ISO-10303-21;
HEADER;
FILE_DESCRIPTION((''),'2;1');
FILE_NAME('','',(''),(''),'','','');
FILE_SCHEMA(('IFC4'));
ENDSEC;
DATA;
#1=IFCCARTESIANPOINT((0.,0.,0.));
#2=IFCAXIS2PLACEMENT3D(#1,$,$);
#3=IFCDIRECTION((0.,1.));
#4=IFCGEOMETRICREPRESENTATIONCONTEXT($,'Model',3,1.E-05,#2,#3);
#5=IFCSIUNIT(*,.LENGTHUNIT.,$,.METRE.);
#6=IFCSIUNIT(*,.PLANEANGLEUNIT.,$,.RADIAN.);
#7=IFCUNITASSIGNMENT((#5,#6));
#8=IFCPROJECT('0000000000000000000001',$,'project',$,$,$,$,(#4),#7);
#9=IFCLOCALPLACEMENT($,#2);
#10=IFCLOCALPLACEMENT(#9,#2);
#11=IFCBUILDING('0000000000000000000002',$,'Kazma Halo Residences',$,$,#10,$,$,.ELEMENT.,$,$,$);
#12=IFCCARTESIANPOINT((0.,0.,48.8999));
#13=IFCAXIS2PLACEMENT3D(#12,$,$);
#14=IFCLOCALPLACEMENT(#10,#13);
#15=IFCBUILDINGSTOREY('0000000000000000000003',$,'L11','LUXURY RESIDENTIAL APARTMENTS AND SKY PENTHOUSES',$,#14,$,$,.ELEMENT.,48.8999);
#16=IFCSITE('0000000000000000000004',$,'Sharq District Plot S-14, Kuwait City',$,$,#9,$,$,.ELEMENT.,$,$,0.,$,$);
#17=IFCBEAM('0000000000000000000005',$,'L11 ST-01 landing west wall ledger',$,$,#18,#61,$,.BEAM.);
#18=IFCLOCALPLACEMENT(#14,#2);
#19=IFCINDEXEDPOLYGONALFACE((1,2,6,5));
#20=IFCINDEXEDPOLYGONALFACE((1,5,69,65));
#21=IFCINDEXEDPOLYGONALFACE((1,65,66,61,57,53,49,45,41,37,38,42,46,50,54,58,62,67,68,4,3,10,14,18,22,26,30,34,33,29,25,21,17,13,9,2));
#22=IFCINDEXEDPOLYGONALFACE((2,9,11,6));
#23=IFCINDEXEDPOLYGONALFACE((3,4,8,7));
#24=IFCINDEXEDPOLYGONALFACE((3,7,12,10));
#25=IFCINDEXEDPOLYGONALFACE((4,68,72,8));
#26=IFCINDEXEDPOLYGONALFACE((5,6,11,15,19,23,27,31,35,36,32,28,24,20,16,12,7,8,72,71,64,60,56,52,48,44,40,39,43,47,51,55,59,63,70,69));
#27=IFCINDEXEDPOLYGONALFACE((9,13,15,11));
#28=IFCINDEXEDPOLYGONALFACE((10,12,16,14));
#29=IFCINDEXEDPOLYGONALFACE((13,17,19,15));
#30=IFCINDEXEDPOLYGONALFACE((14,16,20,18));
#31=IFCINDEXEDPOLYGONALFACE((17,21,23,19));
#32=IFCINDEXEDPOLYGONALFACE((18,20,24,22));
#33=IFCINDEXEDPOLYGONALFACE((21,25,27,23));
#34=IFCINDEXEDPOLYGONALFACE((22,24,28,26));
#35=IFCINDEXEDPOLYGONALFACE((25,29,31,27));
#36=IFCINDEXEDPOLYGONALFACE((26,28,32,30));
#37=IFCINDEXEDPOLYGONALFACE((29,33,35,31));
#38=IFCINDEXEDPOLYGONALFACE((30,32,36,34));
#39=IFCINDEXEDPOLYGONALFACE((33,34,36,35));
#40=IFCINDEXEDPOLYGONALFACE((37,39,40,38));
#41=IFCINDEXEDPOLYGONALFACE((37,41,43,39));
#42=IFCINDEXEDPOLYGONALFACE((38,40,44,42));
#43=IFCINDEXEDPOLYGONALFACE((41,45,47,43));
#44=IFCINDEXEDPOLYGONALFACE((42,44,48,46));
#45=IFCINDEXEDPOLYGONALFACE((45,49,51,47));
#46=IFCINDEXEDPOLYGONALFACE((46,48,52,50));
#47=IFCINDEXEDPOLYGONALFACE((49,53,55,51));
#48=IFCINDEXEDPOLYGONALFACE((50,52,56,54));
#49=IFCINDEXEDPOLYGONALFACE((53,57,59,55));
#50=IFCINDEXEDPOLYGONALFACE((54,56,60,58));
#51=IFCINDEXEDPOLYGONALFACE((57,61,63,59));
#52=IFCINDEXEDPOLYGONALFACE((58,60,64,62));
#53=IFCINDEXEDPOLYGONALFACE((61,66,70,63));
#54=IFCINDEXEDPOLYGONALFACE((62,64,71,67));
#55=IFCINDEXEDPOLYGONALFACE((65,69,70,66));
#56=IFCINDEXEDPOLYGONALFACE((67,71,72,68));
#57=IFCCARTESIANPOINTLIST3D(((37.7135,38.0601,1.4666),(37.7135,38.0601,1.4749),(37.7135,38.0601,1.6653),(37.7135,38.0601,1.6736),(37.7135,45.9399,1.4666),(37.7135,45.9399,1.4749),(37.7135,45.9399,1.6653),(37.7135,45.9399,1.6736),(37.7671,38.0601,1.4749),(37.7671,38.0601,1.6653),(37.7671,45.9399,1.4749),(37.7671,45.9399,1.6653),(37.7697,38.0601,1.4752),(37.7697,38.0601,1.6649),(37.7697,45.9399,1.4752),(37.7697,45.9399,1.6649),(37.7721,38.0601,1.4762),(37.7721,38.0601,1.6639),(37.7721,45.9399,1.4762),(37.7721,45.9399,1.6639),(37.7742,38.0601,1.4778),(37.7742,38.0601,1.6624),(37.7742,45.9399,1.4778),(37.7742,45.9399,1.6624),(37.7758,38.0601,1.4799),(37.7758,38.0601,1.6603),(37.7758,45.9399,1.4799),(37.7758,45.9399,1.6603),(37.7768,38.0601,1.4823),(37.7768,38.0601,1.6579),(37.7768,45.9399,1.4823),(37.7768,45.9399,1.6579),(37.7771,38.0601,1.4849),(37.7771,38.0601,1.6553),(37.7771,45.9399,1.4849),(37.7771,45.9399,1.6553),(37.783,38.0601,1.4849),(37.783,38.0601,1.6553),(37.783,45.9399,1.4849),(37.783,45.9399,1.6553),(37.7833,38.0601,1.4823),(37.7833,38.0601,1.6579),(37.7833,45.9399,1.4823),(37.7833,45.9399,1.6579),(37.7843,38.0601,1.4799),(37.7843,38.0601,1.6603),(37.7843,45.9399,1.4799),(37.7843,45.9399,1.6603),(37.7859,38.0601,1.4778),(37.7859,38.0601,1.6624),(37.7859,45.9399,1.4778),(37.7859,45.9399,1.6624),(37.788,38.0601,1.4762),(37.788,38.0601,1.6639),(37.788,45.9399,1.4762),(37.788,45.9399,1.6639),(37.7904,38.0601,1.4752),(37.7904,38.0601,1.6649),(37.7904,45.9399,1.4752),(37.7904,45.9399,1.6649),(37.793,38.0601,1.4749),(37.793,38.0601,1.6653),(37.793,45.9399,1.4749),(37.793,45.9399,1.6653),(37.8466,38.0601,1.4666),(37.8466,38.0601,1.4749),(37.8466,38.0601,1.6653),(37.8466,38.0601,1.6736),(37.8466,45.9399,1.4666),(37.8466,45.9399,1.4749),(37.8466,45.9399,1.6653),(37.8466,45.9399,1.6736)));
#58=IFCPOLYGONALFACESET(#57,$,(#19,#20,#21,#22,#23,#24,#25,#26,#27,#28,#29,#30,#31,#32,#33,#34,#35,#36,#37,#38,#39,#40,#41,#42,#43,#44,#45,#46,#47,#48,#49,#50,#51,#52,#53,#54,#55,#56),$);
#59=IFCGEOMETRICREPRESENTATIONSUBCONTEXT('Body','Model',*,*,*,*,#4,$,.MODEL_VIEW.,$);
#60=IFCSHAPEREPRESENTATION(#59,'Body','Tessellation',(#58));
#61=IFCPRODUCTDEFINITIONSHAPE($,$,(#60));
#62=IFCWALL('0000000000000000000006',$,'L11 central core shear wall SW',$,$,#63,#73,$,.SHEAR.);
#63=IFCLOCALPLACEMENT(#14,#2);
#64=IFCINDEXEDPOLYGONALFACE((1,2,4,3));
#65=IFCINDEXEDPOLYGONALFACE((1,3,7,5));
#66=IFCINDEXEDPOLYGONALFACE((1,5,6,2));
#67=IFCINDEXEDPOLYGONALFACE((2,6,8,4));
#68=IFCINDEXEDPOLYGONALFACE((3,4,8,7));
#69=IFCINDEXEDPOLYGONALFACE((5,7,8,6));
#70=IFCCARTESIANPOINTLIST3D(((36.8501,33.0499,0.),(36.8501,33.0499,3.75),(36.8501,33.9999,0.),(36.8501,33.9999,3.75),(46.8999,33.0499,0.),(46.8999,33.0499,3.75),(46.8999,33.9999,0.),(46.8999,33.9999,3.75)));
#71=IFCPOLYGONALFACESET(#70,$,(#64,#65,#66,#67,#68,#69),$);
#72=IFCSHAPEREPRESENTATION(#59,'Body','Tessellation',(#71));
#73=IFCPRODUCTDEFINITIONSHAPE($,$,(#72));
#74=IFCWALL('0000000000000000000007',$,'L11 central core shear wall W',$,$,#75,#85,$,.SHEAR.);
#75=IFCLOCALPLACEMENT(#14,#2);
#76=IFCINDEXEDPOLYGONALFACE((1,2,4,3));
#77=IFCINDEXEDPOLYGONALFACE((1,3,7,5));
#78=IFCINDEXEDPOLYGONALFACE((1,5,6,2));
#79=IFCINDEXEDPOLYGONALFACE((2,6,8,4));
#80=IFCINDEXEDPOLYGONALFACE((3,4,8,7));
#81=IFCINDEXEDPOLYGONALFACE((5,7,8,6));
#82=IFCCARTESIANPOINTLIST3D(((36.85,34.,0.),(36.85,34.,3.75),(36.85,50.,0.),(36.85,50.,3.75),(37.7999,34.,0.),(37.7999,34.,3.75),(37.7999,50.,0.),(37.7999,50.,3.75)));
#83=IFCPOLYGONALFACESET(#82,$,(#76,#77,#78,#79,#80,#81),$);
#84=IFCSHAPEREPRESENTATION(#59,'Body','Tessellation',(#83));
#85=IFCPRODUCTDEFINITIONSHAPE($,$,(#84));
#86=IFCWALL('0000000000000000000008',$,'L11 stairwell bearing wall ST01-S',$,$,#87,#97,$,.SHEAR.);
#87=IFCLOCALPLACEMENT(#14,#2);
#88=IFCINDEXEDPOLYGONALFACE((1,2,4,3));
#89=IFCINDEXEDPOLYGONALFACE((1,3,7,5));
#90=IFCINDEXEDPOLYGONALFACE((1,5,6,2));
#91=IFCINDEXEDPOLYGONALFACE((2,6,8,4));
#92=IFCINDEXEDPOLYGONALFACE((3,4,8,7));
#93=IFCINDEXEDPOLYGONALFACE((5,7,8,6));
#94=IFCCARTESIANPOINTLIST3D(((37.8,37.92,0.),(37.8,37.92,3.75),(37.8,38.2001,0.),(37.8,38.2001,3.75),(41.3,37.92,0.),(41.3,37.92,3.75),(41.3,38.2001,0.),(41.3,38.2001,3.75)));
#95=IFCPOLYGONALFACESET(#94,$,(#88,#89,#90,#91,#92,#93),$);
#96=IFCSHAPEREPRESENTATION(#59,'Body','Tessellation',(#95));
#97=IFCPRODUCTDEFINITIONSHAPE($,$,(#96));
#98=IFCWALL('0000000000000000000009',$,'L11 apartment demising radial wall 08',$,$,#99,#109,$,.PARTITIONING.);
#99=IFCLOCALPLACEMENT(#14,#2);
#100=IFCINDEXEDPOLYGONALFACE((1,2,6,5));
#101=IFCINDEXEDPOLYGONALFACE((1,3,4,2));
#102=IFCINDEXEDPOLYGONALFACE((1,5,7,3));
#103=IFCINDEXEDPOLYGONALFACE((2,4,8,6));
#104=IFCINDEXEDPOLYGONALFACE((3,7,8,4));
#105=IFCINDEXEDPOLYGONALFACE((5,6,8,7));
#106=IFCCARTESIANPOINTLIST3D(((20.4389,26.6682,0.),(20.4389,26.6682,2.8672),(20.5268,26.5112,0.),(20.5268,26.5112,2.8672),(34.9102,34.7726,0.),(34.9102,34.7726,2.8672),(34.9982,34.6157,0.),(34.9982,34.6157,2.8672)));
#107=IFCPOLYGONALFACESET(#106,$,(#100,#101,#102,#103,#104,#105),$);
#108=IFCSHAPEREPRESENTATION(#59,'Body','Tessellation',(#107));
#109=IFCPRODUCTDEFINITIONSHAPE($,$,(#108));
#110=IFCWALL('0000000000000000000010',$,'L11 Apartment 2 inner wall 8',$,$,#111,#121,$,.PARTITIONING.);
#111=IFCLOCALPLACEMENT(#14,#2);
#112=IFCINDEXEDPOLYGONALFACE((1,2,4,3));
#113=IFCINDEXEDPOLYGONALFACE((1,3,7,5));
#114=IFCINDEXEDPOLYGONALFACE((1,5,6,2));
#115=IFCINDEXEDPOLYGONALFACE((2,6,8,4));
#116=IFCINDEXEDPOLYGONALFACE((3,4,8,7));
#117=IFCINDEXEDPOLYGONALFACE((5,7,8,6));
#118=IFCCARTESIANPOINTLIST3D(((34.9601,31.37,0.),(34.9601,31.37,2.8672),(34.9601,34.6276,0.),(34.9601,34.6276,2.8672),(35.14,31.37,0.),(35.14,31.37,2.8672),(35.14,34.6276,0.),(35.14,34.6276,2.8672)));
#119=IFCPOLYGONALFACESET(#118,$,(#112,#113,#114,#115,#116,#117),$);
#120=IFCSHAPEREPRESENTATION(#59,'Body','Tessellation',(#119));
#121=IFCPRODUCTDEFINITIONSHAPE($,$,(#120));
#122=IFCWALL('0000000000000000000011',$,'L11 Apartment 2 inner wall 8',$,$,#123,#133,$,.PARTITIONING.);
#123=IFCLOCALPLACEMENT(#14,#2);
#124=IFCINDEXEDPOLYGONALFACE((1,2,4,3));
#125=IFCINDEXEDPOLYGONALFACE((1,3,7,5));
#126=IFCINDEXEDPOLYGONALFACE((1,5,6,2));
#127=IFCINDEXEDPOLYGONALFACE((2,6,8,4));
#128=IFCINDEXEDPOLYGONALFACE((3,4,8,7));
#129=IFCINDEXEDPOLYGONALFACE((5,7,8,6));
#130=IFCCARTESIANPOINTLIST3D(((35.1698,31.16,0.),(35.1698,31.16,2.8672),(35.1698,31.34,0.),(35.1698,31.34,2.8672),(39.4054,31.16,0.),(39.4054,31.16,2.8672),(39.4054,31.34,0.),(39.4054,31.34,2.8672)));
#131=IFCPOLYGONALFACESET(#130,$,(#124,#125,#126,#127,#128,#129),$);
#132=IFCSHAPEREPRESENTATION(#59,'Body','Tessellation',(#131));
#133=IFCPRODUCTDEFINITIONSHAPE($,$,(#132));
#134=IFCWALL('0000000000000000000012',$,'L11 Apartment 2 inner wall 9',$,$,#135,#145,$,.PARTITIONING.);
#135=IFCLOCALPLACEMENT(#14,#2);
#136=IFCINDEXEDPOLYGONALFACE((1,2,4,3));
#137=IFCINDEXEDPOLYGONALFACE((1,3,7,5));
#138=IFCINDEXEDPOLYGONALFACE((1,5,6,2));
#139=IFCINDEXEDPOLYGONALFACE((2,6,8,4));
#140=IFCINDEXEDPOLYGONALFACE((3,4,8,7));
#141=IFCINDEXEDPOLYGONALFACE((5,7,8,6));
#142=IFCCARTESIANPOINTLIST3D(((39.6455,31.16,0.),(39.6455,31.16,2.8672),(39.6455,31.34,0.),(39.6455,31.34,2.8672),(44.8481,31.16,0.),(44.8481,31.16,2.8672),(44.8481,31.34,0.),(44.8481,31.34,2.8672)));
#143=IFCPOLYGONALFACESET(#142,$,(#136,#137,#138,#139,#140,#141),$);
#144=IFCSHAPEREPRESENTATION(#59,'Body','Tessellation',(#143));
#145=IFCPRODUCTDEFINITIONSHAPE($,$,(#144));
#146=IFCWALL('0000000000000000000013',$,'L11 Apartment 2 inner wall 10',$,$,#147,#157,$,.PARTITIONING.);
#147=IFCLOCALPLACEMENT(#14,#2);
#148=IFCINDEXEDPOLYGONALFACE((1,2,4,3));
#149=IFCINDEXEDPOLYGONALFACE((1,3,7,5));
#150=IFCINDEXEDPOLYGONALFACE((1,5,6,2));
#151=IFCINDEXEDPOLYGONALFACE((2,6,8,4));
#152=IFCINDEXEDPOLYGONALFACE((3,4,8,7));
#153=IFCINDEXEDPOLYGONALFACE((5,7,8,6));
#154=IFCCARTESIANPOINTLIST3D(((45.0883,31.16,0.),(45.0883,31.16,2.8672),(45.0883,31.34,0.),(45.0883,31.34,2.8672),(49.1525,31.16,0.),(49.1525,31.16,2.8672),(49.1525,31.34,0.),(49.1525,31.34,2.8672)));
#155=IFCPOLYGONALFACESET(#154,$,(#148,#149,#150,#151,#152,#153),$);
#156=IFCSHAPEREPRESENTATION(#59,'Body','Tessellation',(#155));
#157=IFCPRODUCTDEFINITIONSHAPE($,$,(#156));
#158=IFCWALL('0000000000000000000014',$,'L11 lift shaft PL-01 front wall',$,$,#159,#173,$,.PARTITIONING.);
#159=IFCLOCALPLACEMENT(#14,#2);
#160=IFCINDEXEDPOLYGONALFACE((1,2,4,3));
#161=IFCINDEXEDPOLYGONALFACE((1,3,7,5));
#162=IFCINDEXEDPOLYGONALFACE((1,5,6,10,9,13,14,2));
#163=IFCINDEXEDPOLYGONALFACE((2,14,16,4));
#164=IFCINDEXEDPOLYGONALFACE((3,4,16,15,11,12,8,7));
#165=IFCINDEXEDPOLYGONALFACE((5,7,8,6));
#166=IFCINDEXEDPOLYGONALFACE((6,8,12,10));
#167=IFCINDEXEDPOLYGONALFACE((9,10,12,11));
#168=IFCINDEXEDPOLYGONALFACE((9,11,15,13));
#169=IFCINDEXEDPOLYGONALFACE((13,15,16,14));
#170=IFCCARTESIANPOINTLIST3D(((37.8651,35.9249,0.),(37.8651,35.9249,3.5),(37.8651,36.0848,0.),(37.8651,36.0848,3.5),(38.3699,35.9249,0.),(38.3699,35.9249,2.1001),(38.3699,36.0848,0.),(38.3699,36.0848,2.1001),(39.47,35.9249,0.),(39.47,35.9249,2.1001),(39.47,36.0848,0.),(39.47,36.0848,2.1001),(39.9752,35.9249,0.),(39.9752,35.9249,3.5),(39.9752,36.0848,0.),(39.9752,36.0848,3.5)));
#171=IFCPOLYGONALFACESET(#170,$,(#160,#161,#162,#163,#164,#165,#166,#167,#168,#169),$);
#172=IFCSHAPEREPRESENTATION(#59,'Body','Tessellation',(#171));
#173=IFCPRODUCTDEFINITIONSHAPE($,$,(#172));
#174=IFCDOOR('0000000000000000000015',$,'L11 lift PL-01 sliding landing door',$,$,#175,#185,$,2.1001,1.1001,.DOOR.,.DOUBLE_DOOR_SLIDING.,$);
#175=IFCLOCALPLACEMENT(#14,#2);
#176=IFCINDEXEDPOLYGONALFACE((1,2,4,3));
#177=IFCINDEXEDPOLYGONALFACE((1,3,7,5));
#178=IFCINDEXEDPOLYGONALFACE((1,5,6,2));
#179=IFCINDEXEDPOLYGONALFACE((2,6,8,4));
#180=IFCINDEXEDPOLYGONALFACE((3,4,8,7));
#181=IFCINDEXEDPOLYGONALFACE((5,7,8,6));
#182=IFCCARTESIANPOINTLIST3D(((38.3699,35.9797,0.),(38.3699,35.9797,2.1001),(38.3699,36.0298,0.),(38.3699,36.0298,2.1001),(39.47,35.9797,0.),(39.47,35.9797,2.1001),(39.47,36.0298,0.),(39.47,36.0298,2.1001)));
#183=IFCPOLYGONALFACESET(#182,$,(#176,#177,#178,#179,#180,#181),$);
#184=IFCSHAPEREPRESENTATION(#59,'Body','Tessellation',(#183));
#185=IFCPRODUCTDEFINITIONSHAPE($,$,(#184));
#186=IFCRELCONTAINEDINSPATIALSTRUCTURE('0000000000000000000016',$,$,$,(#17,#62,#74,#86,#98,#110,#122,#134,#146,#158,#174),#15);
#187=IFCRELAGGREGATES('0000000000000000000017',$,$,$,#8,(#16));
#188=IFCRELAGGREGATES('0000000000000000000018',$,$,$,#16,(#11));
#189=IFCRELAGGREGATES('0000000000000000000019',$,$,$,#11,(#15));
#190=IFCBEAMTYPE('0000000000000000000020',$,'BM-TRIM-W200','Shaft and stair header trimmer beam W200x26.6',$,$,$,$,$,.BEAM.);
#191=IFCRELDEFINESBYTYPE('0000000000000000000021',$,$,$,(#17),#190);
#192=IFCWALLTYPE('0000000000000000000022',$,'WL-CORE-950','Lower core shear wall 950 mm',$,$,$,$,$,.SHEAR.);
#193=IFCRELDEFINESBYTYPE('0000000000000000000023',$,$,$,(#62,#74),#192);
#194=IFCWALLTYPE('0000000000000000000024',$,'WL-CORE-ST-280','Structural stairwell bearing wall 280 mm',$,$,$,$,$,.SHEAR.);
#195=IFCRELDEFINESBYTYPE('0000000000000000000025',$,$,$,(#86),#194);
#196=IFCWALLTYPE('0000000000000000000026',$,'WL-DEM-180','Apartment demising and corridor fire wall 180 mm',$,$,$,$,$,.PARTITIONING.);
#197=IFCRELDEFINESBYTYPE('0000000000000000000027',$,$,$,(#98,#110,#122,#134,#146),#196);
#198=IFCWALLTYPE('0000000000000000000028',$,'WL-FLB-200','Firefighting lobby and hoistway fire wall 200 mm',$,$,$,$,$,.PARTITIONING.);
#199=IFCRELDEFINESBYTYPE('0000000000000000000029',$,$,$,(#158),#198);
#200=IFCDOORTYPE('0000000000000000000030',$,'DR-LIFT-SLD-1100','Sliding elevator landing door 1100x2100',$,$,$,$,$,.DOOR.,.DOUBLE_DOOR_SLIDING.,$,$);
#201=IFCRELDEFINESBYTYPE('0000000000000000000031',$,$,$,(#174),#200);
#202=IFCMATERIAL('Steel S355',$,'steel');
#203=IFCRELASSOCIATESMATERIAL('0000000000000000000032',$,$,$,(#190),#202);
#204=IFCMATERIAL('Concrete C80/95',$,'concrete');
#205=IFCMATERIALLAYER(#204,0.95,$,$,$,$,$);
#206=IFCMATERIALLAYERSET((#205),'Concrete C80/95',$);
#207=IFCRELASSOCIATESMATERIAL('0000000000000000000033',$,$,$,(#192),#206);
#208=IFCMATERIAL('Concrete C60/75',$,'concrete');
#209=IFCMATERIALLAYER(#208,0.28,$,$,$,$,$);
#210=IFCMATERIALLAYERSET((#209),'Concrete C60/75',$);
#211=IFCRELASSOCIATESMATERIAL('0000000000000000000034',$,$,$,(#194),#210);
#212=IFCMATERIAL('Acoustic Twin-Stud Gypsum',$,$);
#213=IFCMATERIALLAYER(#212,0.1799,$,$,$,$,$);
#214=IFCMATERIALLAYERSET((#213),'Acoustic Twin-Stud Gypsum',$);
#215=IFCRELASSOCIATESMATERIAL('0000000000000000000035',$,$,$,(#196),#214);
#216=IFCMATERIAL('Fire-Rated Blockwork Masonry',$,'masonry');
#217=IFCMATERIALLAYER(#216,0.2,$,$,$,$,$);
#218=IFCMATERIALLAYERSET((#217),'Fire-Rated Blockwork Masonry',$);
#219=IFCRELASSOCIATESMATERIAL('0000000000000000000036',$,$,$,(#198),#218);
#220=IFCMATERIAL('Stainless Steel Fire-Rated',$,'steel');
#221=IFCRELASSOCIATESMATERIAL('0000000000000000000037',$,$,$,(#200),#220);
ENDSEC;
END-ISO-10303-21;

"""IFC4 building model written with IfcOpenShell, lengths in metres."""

from ifc_helpers import new_model, si_unit, direction, frame, frame_2d, origin, origin_2d, place, context, subcontext, project, spatial, rectangle, i_section, extrude, material, layer, layer_set, material_profile, profile_set, type_object, element, fill, save


model = new_model("IFC4")

# Units and contexts
model_context = context("Model", 3, precision=1e-05, world=origin(), true_north=direction((0.0, 1.0)))
body_context = subcontext(model_context, "Body", "Model", "MODEL_VIEW")
ifc_project = project(units=[si_unit("LENGTHUNIT", "METRE"), si_unit("PLANEANGLEUNIT", "RADIAN")], contexts=[model_context])

# Site, building, storey
site_placement = place(None, origin())
site = spatial("IfcSite", under=ifc_project, at=site_placement, Name="Sharq District Plot S-14, Kuwait City", CompositionType="ELEMENT", RefElevation=0.0)
building_placement = place(site_placement, origin())
building = spatial("IfcBuilding", under=site, at=building_placement, Name="Kazma Halo Residences", CompositionType="ELEMENT")
storey_placement = place(building_placement, frame((0.0, 0.0, 48.8999)))
storey = spatial("IfcBuildingStorey", under=building, at=storey_placement, Name="L11", Description="LUXURY RESIDENTIAL APARTMENTS AND SKY PENTHOUSES", CompositionType="ELEMENT", Elevation=48.8999)

# Beam
ifc_material_1 = material(Name="Steel S355", Category="steel")
ifc_material_profile_1 = material_profile(ifc_material_1, i_section(OverallWidth=0.1331, OverallDepth=0.207, WebThickness=0.0059, FlangeThickness=0.0083, FilletRadius=0.01, at=origin_2d()), Name="W200x26.6")
ifc_profile_set_1 = profile_set([ifc_material_profile_1], Name="Steel S355")
beam_type_1 = type_object("IfcBeamType", Name="BM-TRIM-W200", Description="Shaft and stair header trimmer beam W200x26.6", PredefinedType="BEAM", material=ifc_profile_set_1)
beam_1_placement = place(storey_placement, frame((37.78, 38.0601, 1.5701), z_axis=(0.0, 1.0, 0.0), x_axis=(-1.0, 0.0, 0.0)))
element("IfcBeam", 1, at=beam_1_placement, inside=storey, type_object=beam_type_1, Name="L11 ST-01 landing west wall ledger", PredefinedType="BEAM", context=body_context, shape_type="SweptSolid", body=[
    extrude(i_section(OverallWidth=0.1331, OverallDepth=0.207, WebThickness=0.0059, FlangeThickness=0.0083, FilletRadius=0.01, at=origin_2d()), origin(), (0.0, 0.0, 1.0), 7.8799),
])

# Walls
ifc_material_2 = material(Name="Concrete C80/95", Category="concrete")
ifc_layer_1 = layer(ifc_material_2, 0.95)
ifc_layer_set_1 = layer_set([ifc_layer_1], Name="Concrete C80/95")
wall_type_1 = type_object("IfcWallType", Name="WL-CORE-950", Description="Lower core shear wall 950 mm", PredefinedType="SHEAR", material=ifc_layer_set_1)
wall_1_placement = place(storey_placement, frame((36.8501, 33.5249, 0.0), z_axis=(0.0, 0.0, 1.0), x_axis=(1.0, 0.0, 0.0)))
element("IfcWall", 2, at=wall_1_placement, inside=storey, type_object=wall_type_1, Name="L11 central core shear wall SW", PredefinedType="SHEAR", context=body_context, shape_type="SweptSolid", body=[
    extrude(rectangle(XDim=10.0498, YDim=0.95, at=frame_2d((5.0249, 0.0))), origin(), (0.0, 0.0, 1.0), 3.75),
])
wall_2_placement = place(storey_placement, frame((37.325, 34.0, 0.0), z_axis=(0.0, 0.0, 1.0), x_axis=(0.0, 1.0, 0.0)))
element("IfcWall", 3, at=wall_2_placement, inside=storey, type_object=wall_type_1, Name="L11 central core shear wall W", PredefinedType="SHEAR", context=body_context, shape_type="SweptSolid", body=[
    extrude(rectangle(XDim=16.0, YDim=0.95, at=frame_2d((8.0, 0.0))), origin(), (0.0, 0.0, 1.0), 3.75),
])
ifc_material_3 = material(Name="Concrete C60/75", Category="concrete")
ifc_layer_2 = layer(ifc_material_3, 0.28)
ifc_layer_set_2 = layer_set([ifc_layer_2], Name="Concrete C60/75")
wall_type_2 = type_object("IfcWallType", Name="WL-CORE-ST-280", Description="Structural stairwell bearing wall 280 mm", PredefinedType="SHEAR", material=ifc_layer_set_2)
wall_3_placement = place(storey_placement, frame((37.8, 38.0601, 0.0), z_axis=(0.0, 0.0, 1.0), x_axis=(1.0, 0.0, 0.0)))
element("IfcWall", 4, at=wall_3_placement, inside=storey, type_object=wall_type_2, Name="L11 stairwell bearing wall ST01-S", PredefinedType="SHEAR", context=body_context, shape_type="SweptSolid", body=[
    extrude(rectangle(XDim=3.5, YDim=0.28, at=frame_2d((1.75, 0.0))), origin(), (0.0, 0.0, 1.0), 3.75),
])
ifc_material_4 = material(Name="Acoustic Twin-Stud Gypsum")
ifc_layer_3 = layer(ifc_material_4, 0.1799)
ifc_layer_set_3 = layer_set([ifc_layer_3], Name="Acoustic Twin-Stud Gypsum")
wall_type_3 = type_object("IfcWallType", Name="WL-DEM-180", Description="Apartment demising and corridor fire wall 180 mm", PredefinedType="PARTITIONING", material=ifc_layer_set_3)
wall_4_placement = place(storey_placement, frame((34.9541, 34.6941, 0.0), z_axis=(0.0, 0.0, 1.0), x_axis=(-0.872493, -0.488626, 0.0)))
element("IfcWall", 5, at=wall_4_placement, inside=storey, type_object=wall_type_3, Name="L11 apartment demising radial wall 08", PredefinedType="PARTITIONING", context=body_context, shape_type="SweptSolid", body=[
    extrude(rectangle(XDim=16.5862, YDim=0.1799, at=frame_2d((8.293, 0.0))), origin(), (0.0, 0.0, 1.0), 2.8672),
])
wall_5_placement = place(storey_placement, frame((35.05, 34.6277, 0.0), z_axis=(0.0, 0.0, 1.0), x_axis=(0.0, -1.0, 0.0)))
element("IfcWall", 6, at=wall_5_placement, inside=storey, type_object=wall_type_3, Name="L11 Apartment 2 inner wall 8", PredefinedType="PARTITIONING", context=body_context, shape_type="SweptSolid", body=[
    extrude(rectangle(XDim=3.2576, YDim=0.1799, at=frame_2d((1.6289, 0.0))), origin(), (0.0, 0.0, 1.0), 2.8672),
])
wall_6_placement = place(storey_placement, frame((35.1699, 31.25, 0.0), z_axis=(0.0, 0.0, 1.0), x_axis=(1.0, 0.0, 0.0)))
element("IfcWall", 7, at=wall_6_placement, inside=storey, type_object=wall_type_3, Name="L11 Apartment 2 inner wall 8", PredefinedType="PARTITIONING", context=body_context, shape_type="SweptSolid", body=[
    extrude(rectangle(XDim=4.2356, YDim=0.1799, at=frame_2d((2.1177, 0.0))), origin(), (0.0, 0.0, 1.0), 2.8672),
])
wall_7_placement = place(storey_placement, frame((39.6455, 31.25, 0.0), z_axis=(0.0, 0.0, 1.0), x_axis=(1.0, 0.0, 0.0)))
element("IfcWall", 8, at=wall_7_placement, inside=storey, type_object=wall_type_3, Name="L11 Apartment 2 inner wall 9", PredefinedType="PARTITIONING", context=body_context, shape_type="SweptSolid", body=[
    extrude(rectangle(XDim=5.2026, YDim=0.1799, at=frame_2d((2.6013, 0.0))), origin(), (0.0, 0.0, 1.0), 2.8672),
])
wall_8_placement = place(storey_placement, frame((45.0881, 31.25, 0.0), z_axis=(0.0, 0.0, 1.0), x_axis=(1.0, 0.0, 0.0)))
element("IfcWall", 9, at=wall_8_placement, inside=storey, type_object=wall_type_3, Name="L11 Apartment 2 inner wall 10", PredefinedType="PARTITIONING", context=body_context, shape_type="SweptSolid", body=[
    extrude(rectangle(XDim=4.0642, YDim=0.1799, at=frame_2d((2.0322, 0.0))), origin(), (0.0, 0.0, 1.0), 2.8672),
])

# Wall, opening, door
ifc_material_5 = material(Name="Fire-Rated Blockwork Masonry", Category="masonry")
ifc_layer_4 = layer(ifc_material_5, 0.2)
ifc_layer_set_4 = layer_set([ifc_layer_4], Name="Fire-Rated Blockwork Masonry")
wall_type_4 = type_object("IfcWallType", Name="WL-FLB-200", Description="Firefighting lobby and hoistway fire wall 200 mm", PredefinedType="PARTITIONING", material=ifc_layer_set_4)
wall_9_placement = place(storey_placement, frame((37.865, 36.0049, 0.0), z_axis=(0.0, 0.0, 1.0), x_axis=(1.0, 0.0, 0.0)))
wall_9 = element("IfcWall", 10, at=wall_9_placement, inside=storey, type_object=wall_type_4, Name="L11 lift shaft PL-01 front wall", PredefinedType="PARTITIONING", context=body_context, shape_type="SweptSolid", body=[
    extrude(rectangle(XDim=2.1101, YDim=0.1599, at=frame_2d((1.0552, 0.0))), origin(), (0.0, 0.0, 1.0), 3.5),
])
opening_1_placement = place(wall_9_placement, frame((0.5049, 0.0, 0.0)))
opening_1 = element("IfcOpeningElement", 11, at=opening_1_placement, cuts=wall_9, PredefinedType="OPENING", context=body_context, shape_type="SweptSolid", body=[
    extrude(rectangle(XDim=1.1001, YDim=2.1001, at=frame_2d((0.55, 1.05))), frame((0.0, 0.0898, 0.0), z_axis=(0.0, -1.0, 0.0), x_axis=(1.0, 0.0, 0.0)), (0.0, 0.0, 1.0), 0.1799),
])
ifc_material_6 = material(Name="Stainless Steel Fire-Rated", Category="steel")
door_type_1 = type_object("IfcDoorType", Name="DR-LIFT-SLD-1100", Description="Sliding elevator landing door 1100x2100", OperationType="DOUBLE_DOOR_SLIDING", PredefinedType="DOOR", material=ifc_material_6)
door_1_placement = place(opening_1_placement, origin())
door_1 = element("IfcDoor", 12, at=door_1_placement, inside=storey, type_object=door_type_1, Name="L11 lift PL-01 sliding landing door", OperationType="DOUBLE_DOOR_SLIDING", OverallHeight=2.1001, OverallWidth=1.1001, PredefinedType="DOOR", context=body_context, shape_type="SweptSolid", body=[
    extrude(rectangle(XDim=1.1001, YDim=2.1001, at=frame_2d((0.55, 1.05))), frame((0.0, 0.0249, 0.0), z_axis=(0.0, -1.0, 0.0), x_axis=(1.0, 0.0, 0.0)), (0.0, 0.0, 1.0), 0.05),
])
fill(opening_1, door_1)

save(model, "model.ifc")
